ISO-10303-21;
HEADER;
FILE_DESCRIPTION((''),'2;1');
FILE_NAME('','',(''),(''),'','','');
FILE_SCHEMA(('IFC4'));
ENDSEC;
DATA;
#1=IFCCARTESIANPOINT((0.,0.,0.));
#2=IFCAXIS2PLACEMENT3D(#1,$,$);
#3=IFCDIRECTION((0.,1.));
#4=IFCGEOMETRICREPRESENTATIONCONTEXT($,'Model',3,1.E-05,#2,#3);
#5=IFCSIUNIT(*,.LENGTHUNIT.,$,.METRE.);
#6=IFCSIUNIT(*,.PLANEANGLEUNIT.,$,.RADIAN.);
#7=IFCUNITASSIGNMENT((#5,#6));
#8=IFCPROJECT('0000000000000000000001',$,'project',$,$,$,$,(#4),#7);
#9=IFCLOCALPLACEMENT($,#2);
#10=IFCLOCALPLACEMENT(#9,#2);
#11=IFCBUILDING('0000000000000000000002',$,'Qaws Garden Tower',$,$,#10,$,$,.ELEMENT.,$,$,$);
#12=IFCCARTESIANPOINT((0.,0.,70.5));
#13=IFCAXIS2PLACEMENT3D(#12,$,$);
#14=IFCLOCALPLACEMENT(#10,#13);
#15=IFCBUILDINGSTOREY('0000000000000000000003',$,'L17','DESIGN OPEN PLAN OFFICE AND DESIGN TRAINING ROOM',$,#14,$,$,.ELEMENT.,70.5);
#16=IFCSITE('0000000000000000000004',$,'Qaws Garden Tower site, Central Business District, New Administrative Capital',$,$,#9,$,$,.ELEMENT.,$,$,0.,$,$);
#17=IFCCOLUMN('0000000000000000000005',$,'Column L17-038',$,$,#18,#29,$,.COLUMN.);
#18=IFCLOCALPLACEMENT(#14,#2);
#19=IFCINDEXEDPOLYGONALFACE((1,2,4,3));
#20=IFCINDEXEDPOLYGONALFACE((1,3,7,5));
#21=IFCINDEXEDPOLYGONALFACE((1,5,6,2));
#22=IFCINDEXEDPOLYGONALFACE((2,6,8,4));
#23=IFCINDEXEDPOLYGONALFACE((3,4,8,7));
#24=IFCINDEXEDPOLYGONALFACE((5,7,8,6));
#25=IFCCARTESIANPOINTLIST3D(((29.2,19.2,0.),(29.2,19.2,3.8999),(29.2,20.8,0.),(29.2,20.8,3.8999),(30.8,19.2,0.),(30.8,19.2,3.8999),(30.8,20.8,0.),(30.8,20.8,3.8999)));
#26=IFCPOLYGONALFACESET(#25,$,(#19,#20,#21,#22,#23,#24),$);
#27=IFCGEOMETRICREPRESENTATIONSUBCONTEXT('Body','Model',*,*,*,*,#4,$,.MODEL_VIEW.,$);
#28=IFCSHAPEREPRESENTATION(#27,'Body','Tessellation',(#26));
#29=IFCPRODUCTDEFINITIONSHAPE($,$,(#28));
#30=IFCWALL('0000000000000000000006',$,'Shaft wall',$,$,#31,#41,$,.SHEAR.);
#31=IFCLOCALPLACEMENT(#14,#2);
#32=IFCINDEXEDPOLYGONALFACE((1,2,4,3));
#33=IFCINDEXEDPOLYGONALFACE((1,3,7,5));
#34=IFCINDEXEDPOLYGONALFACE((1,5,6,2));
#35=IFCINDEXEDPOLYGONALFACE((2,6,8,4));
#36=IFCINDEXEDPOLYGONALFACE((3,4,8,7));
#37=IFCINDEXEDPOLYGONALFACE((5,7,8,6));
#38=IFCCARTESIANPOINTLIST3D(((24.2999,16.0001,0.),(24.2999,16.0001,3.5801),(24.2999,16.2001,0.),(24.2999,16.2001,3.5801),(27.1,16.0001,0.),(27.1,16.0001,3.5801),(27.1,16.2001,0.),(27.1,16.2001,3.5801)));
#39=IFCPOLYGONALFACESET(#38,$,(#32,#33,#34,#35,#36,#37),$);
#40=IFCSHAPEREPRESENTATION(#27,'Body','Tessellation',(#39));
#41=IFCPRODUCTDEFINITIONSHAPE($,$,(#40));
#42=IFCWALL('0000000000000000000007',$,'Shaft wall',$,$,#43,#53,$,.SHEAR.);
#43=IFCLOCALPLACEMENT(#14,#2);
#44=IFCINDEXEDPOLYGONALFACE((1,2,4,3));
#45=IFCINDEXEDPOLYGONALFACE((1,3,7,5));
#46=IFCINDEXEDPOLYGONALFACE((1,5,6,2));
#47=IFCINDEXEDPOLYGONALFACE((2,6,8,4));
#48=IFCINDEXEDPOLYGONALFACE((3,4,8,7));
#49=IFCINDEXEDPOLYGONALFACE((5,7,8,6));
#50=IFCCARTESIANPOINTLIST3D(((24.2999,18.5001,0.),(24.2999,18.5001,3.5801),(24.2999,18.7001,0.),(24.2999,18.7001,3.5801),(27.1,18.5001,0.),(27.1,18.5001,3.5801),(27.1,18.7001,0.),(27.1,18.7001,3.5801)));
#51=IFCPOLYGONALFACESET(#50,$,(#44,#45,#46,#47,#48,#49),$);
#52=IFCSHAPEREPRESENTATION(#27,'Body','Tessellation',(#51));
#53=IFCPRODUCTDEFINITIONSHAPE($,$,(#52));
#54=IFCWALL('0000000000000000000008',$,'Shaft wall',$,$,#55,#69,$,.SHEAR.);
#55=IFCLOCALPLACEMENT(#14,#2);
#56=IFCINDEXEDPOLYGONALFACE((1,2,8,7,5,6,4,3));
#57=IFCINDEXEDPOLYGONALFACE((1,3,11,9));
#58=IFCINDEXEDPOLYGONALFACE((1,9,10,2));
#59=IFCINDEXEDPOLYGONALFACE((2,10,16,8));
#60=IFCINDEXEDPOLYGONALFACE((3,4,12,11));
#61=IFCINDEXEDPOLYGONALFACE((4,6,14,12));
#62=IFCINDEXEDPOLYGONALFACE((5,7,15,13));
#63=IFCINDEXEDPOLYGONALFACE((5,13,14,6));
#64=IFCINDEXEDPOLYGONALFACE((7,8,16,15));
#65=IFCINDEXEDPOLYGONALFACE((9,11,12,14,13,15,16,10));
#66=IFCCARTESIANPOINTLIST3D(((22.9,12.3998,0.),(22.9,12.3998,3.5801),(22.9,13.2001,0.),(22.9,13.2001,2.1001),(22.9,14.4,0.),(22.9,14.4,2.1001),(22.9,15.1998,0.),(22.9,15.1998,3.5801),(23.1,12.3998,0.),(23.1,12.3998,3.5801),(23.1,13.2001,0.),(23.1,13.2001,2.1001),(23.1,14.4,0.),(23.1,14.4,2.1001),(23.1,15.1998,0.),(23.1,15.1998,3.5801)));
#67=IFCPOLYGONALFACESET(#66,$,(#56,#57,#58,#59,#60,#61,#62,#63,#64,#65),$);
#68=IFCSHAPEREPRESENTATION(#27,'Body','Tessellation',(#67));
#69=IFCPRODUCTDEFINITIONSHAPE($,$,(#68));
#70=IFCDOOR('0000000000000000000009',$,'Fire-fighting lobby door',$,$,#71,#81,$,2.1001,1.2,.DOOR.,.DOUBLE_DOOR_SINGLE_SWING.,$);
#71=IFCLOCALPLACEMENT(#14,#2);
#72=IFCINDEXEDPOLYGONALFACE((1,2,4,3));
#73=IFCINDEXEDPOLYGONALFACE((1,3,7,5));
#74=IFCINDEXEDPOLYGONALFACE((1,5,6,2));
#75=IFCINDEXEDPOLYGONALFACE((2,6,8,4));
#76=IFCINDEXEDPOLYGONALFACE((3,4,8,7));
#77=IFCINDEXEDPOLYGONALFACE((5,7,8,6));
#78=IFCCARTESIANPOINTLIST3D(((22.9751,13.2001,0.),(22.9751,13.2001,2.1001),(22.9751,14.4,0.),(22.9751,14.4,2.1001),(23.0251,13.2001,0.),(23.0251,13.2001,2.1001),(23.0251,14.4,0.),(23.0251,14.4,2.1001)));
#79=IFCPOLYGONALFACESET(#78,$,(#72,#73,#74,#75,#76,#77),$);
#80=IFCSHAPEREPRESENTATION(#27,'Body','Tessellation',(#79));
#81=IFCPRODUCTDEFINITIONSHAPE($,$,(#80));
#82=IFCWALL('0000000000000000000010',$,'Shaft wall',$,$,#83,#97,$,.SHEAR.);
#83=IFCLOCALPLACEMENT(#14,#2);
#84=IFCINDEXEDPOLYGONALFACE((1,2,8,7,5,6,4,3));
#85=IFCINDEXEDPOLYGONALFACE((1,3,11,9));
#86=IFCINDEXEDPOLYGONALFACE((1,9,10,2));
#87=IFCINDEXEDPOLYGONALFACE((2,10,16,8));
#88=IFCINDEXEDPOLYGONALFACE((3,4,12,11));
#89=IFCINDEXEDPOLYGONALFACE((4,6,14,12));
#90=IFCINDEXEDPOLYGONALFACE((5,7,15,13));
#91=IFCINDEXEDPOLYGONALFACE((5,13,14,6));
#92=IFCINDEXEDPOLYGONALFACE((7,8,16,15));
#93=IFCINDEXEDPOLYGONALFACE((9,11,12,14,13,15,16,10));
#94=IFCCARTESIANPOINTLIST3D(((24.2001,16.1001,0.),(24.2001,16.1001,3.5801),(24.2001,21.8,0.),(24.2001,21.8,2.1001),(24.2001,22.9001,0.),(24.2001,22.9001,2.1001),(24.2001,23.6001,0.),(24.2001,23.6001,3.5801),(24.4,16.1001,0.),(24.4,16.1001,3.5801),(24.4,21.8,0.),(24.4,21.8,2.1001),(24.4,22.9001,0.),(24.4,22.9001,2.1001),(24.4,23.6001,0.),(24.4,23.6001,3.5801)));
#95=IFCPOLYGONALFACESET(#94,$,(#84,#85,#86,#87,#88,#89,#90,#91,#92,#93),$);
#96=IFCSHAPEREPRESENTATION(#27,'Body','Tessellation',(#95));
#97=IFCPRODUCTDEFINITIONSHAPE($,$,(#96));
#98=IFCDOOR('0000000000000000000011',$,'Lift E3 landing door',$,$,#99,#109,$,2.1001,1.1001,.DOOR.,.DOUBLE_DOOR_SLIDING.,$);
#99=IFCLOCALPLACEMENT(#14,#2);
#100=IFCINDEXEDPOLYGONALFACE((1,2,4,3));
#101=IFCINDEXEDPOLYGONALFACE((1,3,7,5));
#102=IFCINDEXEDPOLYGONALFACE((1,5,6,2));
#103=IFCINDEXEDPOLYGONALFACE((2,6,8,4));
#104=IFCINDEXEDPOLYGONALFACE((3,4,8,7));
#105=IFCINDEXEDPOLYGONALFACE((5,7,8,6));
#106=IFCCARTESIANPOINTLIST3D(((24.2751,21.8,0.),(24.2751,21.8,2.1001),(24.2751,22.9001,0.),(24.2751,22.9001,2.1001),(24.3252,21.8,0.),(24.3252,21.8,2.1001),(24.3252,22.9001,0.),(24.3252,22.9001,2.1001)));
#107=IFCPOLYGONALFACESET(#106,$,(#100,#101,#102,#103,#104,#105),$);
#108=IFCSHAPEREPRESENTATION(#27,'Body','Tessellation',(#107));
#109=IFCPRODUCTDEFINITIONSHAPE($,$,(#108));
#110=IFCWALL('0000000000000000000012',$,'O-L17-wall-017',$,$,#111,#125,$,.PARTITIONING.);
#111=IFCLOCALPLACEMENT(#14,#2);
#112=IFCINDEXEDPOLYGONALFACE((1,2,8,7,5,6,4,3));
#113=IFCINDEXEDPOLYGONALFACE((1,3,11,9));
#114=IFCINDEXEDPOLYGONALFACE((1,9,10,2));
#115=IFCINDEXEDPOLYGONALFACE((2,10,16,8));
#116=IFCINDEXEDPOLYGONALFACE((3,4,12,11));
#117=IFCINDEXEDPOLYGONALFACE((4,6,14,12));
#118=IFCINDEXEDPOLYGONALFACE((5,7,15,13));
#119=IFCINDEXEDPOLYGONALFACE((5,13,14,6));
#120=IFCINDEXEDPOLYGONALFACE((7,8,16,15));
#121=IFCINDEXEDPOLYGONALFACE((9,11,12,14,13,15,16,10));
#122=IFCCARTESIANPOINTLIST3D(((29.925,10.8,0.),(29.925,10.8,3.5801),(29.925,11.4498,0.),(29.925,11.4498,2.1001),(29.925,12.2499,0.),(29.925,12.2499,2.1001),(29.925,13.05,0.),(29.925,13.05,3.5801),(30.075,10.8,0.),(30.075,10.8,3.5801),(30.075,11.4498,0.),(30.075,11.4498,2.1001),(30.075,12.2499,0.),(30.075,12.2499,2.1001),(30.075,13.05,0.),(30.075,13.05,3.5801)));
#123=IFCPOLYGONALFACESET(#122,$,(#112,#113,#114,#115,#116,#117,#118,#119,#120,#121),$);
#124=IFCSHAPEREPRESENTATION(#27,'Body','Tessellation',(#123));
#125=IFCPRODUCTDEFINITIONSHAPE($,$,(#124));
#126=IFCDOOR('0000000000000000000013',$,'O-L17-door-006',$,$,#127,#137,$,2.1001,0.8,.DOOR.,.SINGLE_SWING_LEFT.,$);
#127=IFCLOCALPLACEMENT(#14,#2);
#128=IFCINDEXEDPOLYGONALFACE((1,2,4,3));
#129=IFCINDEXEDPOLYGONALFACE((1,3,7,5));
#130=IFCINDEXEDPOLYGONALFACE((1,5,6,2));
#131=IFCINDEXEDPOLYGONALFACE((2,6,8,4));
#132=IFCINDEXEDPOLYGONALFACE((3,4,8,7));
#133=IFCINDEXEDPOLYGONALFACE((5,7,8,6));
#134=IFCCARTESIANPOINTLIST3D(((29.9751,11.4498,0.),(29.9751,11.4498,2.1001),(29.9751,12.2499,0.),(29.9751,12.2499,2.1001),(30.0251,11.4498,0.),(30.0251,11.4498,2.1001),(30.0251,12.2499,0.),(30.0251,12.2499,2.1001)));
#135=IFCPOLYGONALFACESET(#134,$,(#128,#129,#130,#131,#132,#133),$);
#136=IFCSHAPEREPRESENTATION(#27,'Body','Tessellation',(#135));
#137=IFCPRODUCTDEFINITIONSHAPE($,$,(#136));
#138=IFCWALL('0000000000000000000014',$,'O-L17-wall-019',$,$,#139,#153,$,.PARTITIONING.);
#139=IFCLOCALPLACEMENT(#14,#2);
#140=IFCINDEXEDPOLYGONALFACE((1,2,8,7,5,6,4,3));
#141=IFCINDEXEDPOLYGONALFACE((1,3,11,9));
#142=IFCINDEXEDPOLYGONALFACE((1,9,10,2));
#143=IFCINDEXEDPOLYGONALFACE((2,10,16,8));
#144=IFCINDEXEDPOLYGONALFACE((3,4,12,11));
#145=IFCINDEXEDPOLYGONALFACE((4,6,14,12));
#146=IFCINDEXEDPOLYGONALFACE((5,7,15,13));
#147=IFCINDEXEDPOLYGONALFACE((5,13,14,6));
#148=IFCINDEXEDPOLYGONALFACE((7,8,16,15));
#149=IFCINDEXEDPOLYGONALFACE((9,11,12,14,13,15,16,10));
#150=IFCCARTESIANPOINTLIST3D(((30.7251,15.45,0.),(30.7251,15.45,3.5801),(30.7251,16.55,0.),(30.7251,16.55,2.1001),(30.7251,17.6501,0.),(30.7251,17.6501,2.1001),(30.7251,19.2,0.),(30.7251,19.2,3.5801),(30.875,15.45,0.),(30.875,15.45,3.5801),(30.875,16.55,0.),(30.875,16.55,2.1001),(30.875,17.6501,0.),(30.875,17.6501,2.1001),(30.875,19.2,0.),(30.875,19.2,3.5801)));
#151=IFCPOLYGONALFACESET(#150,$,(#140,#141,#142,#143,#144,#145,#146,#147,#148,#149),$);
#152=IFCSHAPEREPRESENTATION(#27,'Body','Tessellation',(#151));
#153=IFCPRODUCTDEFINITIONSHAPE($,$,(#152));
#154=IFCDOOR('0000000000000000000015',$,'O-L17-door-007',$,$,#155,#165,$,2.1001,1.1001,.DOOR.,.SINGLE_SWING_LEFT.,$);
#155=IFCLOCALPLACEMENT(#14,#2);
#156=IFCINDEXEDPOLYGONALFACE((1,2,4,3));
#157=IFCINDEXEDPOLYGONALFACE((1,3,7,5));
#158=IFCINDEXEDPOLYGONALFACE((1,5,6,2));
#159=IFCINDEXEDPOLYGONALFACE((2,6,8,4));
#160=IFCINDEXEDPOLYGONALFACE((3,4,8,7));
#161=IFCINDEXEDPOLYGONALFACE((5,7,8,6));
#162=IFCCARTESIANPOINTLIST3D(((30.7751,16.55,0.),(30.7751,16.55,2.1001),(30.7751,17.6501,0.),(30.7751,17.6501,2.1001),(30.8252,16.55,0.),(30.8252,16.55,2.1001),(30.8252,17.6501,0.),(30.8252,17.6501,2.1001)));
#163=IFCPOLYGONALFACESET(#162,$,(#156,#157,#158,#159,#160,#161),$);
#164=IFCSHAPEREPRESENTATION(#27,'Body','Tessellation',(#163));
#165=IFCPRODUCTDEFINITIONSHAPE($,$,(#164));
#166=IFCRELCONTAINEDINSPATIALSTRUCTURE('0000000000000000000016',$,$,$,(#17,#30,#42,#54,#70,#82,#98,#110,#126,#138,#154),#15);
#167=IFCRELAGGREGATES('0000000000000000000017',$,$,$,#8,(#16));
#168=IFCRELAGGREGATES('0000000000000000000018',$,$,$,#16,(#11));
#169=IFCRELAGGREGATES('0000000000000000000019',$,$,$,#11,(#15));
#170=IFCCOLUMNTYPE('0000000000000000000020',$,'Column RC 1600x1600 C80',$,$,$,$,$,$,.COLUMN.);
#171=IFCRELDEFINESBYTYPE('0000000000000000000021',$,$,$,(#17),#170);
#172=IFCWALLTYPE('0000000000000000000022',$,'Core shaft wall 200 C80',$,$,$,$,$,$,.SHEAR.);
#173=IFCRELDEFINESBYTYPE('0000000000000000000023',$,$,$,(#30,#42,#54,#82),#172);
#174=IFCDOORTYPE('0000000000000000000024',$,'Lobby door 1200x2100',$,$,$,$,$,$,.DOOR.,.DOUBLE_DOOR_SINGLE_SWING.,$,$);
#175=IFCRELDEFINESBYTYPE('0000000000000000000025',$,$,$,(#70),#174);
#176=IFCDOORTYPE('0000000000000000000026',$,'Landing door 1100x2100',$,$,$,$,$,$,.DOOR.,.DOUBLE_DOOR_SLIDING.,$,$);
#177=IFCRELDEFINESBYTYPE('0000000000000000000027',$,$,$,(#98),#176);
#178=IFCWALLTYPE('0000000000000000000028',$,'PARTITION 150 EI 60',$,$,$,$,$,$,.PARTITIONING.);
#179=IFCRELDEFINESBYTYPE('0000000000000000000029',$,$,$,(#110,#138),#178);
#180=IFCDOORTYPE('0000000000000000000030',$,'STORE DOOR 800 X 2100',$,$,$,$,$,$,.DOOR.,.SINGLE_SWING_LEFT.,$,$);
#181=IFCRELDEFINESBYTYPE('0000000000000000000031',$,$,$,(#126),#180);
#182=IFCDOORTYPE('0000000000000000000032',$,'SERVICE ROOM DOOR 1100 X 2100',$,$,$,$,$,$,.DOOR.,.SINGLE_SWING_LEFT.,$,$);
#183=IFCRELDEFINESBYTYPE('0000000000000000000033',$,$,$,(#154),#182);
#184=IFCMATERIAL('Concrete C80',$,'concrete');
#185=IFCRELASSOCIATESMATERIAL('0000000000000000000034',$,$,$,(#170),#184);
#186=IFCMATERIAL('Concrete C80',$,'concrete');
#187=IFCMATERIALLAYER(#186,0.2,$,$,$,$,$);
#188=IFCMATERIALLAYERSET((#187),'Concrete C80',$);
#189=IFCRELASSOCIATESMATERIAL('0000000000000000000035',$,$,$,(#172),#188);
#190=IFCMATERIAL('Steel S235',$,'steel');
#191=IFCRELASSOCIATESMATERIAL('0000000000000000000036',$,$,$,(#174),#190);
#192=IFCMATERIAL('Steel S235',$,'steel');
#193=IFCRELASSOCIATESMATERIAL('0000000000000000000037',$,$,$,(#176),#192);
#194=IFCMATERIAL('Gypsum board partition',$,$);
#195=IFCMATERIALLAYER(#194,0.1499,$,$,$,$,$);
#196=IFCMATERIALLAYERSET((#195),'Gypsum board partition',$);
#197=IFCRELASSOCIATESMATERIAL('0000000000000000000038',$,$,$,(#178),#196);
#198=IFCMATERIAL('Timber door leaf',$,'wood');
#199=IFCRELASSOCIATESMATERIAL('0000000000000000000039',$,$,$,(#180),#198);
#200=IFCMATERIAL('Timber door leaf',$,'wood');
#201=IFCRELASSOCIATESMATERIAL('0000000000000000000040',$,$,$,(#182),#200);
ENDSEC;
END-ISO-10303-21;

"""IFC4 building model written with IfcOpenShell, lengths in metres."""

from ifc_helpers import new_model, si_unit, direction, frame, frame_2d, origin, origin_2d, place, context, subcontext, project, spatial, rectangle, extrude, material, layer, layer_set, material_profile, profile_set, type_object, element, fill, save


model = new_model("IFC4")

# Units and contexts
model_context = context("Model", 3, precision=1e-05, world=origin(), true_north=direction((0.0, 1.0)))
body_context = subcontext(model_context, "Body", "Model", "MODEL_VIEW")
ifc_project = project(units=[si_unit("LENGTHUNIT", "METRE"), si_unit("PLANEANGLEUNIT", "RADIAN")], contexts=[model_context])

# Site, building, storey
site_placement = place(None, origin())
site = spatial("IfcSite", under=ifc_project, at=site_placement, Name="Qaws Garden Tower site, Central Business District, New Administrative Capital", CompositionType="ELEMENT", RefElevation=0.0)
building_placement = place(site_placement, origin())
building = spatial("IfcBuilding", under=site, at=building_placement, Name="Qaws Garden Tower", CompositionType="ELEMENT")
storey_placement = place(building_placement, frame((0.0, 0.0, 70.5)))
storey = spatial("IfcBuildingStorey", under=building, at=storey_placement, Name="L17", Description="DESIGN OPEN PLAN OFFICE AND DESIGN TRAINING ROOM", CompositionType="ELEMENT", Elevation=70.5)

# Column
ifc_material_1 = material(Name="Concrete C80", Category="concrete")
ifc_material_profile = material_profile(ifc_material_1, rectangle(XDim=1.6001, YDim=1.6001, at=origin_2d()), Name="RC 1600x1600")
ifc_profile_set = profile_set([ifc_material_profile], Name="Concrete C80")
column_type = type_object("IfcColumnType", Name="Column RC 1600x1600 C80", PredefinedType="COLUMN", material=ifc_profile_set)
column_placement = place(storey_placement, frame((30.0, 20.0, 0.0), z_axis=(0.0, 0.0, 1.0), x_axis=(1.0, 0.0, 0.0)))
element("IfcColumn", 1, at=column_placement, inside=storey, type_object=column_type, Name="Column L17-038", PredefinedType="COLUMN", context=body_context, shape_type="SweptSolid", body=[
    extrude(rectangle(XDim=1.6001, YDim=1.6001, at=origin_2d()), origin(), (0.0, 0.0, 1.0), 3.8999),
])

# Walls
ifc_material_2 = material(Name="Concrete C80", Category="concrete")
ifc_layer_1 = layer(ifc_material_2, 0.2)
ifc_layer_set_1 = layer_set([ifc_layer_1], Name="Concrete C80")
wall_type_1 = type_object("IfcWallType", Name="Core shaft wall 200 C80", PredefinedType="SHEAR", material=ifc_layer_set_1)
for number, where, z_axis, x_axis, name in (
    (2, (24.3, 16.1001, 0.0), (0.0, 0.0, 1.0), (1.0, 0.0, 0.0), "Shaft wall"),
    (3, (24.3, 18.6001, 0.0), (0.0, 0.0, 1.0), (1.0, 0.0, 0.0), "Shaft wall"),
):
    element("IfcWall", number, at=place(storey_placement, frame(where, z_axis=z_axis, x_axis=x_axis)), inside=storey, type_object=wall_type_1, Name=name, PredefinedType="SHEAR", context=body_context, shape_type="SweptSolid", body=[
        extrude(rectangle(XDim=2.8, YDim=0.2, at=frame_2d((1.3999, 0.0))), origin(), (0.0, 0.0, 1.0), 3.5801),
    ])

# Walls, openings, doors
wall_1_placement = place(storey_placement, frame((23.0, 12.3999, 0.0), z_axis=(0.0, 0.0, 1.0), x_axis=(0.0, 1.0, 0.0)))
wall_1 = element("IfcWall", 4, at=wall_1_placement, inside=storey, type_object=wall_type_1, Name="Shaft wall", PredefinedType="SHEAR", context=body_context, shape_type="SweptSolid", body=[
    extrude(rectangle(XDim=2.8, YDim=0.2, at=frame_2d((1.3999, 0.0))), origin(), (0.0, 0.0, 1.0), 3.5801),
])
opening_1_placement = place(wall_1_placement, frame((0.8, 0.0, 0.0)))
opening_1 = element("IfcOpeningElement", 5, at=opening_1_placement, cuts=wall_1, PredefinedType="OPENING", context=body_context, shape_type="SweptSolid", body=[
    extrude(rectangle(XDim=1.2, YDim=2.1001, at=frame_2d((0.6001, 1.05))), frame((0.0, 0.1099, 0.0), z_axis=(0.0, -1.0, 0.0), x_axis=(1.0, 0.0, 0.0)), (0.0, 0.0, 1.0), 0.22),
])
ifc_material_3 = material(Name="Steel S235", Category="steel")
door_type_1 = type_object("IfcDoorType", Name="Lobby door 1200x2100", OperationType="DOUBLE_DOOR_SINGLE_SWING", PredefinedType="DOOR", material=ifc_material_3)
door_1_placement = place(opening_1_placement, origin())
door_1 = element("IfcDoor", 6, at=door_1_placement, inside=storey, type_object=door_type_1, Name="Fire-fighting lobby door", OperationType="DOUBLE_DOOR_SINGLE_SWING", OverallHeight=2.1001, OverallWidth=1.2, PredefinedType="DOOR", context=body_context, shape_type="SweptSolid", body=[
    extrude(rectangle(XDim=1.2, YDim=2.1001, at=frame_2d((0.6001, 1.05))), frame((0.0, 0.0249, 0.0), z_axis=(0.0, -1.0, 0.0), x_axis=(1.0, 0.0, 0.0)), (0.0, 0.0, 1.0), 0.05),
])
fill(opening_1, door_1)
wall_2_placement = place(storey_placement, frame((24.3, 16.1001, 0.0), z_axis=(0.0, 0.0, 1.0), x_axis=(0.0, 1.0, 0.0)))
wall_2 = element("IfcWall", 7, at=wall_2_placement, inside=storey, type_object=wall_type_1, Name="Shaft wall", PredefinedType="SHEAR", context=body_context, shape_type="SweptSolid", body=[
    extrude(rectangle(XDim=7.5, YDim=0.2, at=frame_2d((3.75, 0.0))), origin(), (0.0, 0.0, 1.0), 3.5801),
])
opening_2_placement = place(wall_2_placement, frame((5.7, 0.0, 0.0)))
opening_2 = element("IfcOpeningElement", 8, at=opening_2_placement, cuts=wall_2, PredefinedType="OPENING", context=body_context, shape_type="SweptSolid", body=[
    extrude(rectangle(XDim=1.1001, YDim=2.1001, at=frame_2d((0.55, 1.05))), frame((0.0, 0.1099, 0.0), z_axis=(0.0, -1.0, 0.0), x_axis=(1.0, 0.0, 0.0)), (0.0, 0.0, 1.0), 0.22),
])
ifc_material_4 = material(Name="Steel S235", Category="steel")
door_type_2 = type_object("IfcDoorType", Name="Landing door 1100x2100", OperationType="DOUBLE_DOOR_SLIDING", PredefinedType="DOOR", material=ifc_material_4)
door_2_placement = place(opening_2_placement, origin())
door_2 = element("IfcDoor", 9, at=door_2_placement, inside=storey, type_object=door_type_2, Name="Lift E3 landing door", OperationType="DOUBLE_DOOR_SLIDING", OverallHeight=2.1001, OverallWidth=1.1001, PredefinedType="DOOR", context=body_context, shape_type="SweptSolid", body=[
    extrude(rectangle(XDim=1.1001, YDim=2.1001, at=frame_2d((0.55, 1.05))), frame((0.0, 0.0249, 0.0), z_axis=(0.0, -1.0, 0.0), x_axis=(1.0, 0.0, 0.0)), (0.0, 0.0, 1.0), 0.05),
])
fill(opening_2, door_2)
ifc_material_5 = material(Name="Gypsum board partition")
ifc_layer_2 = layer(ifc_material_5, 0.1499)
ifc_layer_set_2 = layer_set([ifc_layer_2], Name="Gypsum board partition")
wall_type_2 = type_object("IfcWallType", Name="PARTITION 150 EI 60", PredefinedType="PARTITIONING", material=ifc_layer_set_2)
wall_3_placement = place(storey_placement, frame((30.0, 10.8, 0.0), z_axis=(0.0, 0.0, 1.0), x_axis=(0.0, 1.0, 0.0)))
wall_3 = element("IfcWall", 10, at=wall_3_placement, inside=storey, type_object=wall_type_2, Name="O-L17-wall-017", PredefinedType="PARTITIONING", context=body_context, shape_type="SweptSolid", body=[
    extrude(rectangle(XDim=2.25, YDim=0.1499, at=frame_2d((1.125, 0.0))), origin(), (0.0, 0.0, 1.0), 3.5801),
])
opening_3_placement = place(wall_3_placement, frame((0.6499, 0.0, 0.0)))
opening_3 = element("IfcOpeningElement", 11, at=opening_3_placement, cuts=wall_3, PredefinedType="OPENING", context=body_context, shape_type="SweptSolid", body=[
    extrude(rectangle(XDim=0.8, YDim=2.1001, at=frame_2d((0.3999, 1.05))), frame((0.0, 0.085, 0.0), z_axis=(0.0, -1.0, 0.0), x_axis=(1.0, 0.0, 0.0)), (0.0, 0.0, 1.0), 0.1699),
])
ifc_material_6 = material(Name="Timber door leaf", Category="wood")
door_type_3 = type_object("IfcDoorType", Name="STORE DOOR 800 X 2100", OperationType="SINGLE_SWING_LEFT", PredefinedType="DOOR", material=ifc_material_6)
door_3_placement = place(opening_3_placement, origin())
door_3 = element("IfcDoor", 12, at=door_3_placement, inside=storey, type_object=door_type_3, Name="O-L17-door-006", OperationType="SINGLE_SWING_LEFT", OverallHeight=2.1001, OverallWidth=0.8, PredefinedType="DOOR", context=body_context, shape_type="SweptSolid", body=[
    extrude(rectangle(XDim=0.8, YDim=2.1001, at=frame_2d((0.3999, 1.05))), frame((0.0, 0.0249, 0.0), z_axis=(0.0, -1.0, 0.0), x_axis=(1.0, 0.0, 0.0)), (0.0, 0.0, 1.0), 0.05),
])
fill(opening_3, door_3)
wall_4_placement = place(storey_placement, frame((30.8, 15.45, 0.0), z_axis=(0.0, 0.0, 1.0), x_axis=(0.0, 1.0, 0.0)))
wall_4 = element("IfcWall", 13, at=wall_4_placement, inside=storey, type_object=wall_type_2, Name="O-L17-wall-019", PredefinedType="PARTITIONING", context=body_context, shape_type="SweptSolid", body=[
    extrude(rectangle(XDim=3.75, YDim=0.1499, at=frame_2d((1.875, 0.0))), origin(), (0.0, 0.0, 1.0), 3.5801),
])
opening_4_placement = place(wall_4_placement, frame((1.1001, 0.0, 0.0)))
opening_4 = element("IfcOpeningElement", 14, at=opening_4_placement, cuts=wall_4, PredefinedType="OPENING", context=body_context, shape_type="SweptSolid", body=[
    extrude(rectangle(XDim=1.1001, YDim=2.1001, at=frame_2d((0.55, 1.05))), frame((0.0, 0.085, 0.0), z_axis=(0.0, -1.0, 0.0), x_axis=(1.0, 0.0, 0.0)), (0.0, 0.0, 1.0), 0.1699),
])
ifc_material_7 = material(Name="Timber door leaf", Category="wood")
door_type_4 = type_object("IfcDoorType", Name="SERVICE ROOM DOOR 1100 X 2100", OperationType="SINGLE_SWING_LEFT", PredefinedType="DOOR", material=ifc_material_7)
door_4_placement = place(opening_4_placement, origin())
door_4 = element("IfcDoor", 15, at=door_4_placement, inside=storey, type_object=door_type_4, Name="O-L17-door-007", OperationType="SINGLE_SWING_LEFT", OverallHeight=2.1001, OverallWidth=1.1001, PredefinedType="DOOR", context=body_context, shape_type="SweptSolid", body=[
    extrude(rectangle(XDim=1.1001, YDim=2.1001, at=frame_2d((0.55, 1.05))), frame((0.0, 0.0249, 0.0), z_axis=(0.0, -1.0, 0.0), x_axis=(1.0, 0.0, 0.0)), (0.0, 0.0, 1.0), 0.05),
])
fill(opening_4, door_4)

save(model, "model.ifc")
